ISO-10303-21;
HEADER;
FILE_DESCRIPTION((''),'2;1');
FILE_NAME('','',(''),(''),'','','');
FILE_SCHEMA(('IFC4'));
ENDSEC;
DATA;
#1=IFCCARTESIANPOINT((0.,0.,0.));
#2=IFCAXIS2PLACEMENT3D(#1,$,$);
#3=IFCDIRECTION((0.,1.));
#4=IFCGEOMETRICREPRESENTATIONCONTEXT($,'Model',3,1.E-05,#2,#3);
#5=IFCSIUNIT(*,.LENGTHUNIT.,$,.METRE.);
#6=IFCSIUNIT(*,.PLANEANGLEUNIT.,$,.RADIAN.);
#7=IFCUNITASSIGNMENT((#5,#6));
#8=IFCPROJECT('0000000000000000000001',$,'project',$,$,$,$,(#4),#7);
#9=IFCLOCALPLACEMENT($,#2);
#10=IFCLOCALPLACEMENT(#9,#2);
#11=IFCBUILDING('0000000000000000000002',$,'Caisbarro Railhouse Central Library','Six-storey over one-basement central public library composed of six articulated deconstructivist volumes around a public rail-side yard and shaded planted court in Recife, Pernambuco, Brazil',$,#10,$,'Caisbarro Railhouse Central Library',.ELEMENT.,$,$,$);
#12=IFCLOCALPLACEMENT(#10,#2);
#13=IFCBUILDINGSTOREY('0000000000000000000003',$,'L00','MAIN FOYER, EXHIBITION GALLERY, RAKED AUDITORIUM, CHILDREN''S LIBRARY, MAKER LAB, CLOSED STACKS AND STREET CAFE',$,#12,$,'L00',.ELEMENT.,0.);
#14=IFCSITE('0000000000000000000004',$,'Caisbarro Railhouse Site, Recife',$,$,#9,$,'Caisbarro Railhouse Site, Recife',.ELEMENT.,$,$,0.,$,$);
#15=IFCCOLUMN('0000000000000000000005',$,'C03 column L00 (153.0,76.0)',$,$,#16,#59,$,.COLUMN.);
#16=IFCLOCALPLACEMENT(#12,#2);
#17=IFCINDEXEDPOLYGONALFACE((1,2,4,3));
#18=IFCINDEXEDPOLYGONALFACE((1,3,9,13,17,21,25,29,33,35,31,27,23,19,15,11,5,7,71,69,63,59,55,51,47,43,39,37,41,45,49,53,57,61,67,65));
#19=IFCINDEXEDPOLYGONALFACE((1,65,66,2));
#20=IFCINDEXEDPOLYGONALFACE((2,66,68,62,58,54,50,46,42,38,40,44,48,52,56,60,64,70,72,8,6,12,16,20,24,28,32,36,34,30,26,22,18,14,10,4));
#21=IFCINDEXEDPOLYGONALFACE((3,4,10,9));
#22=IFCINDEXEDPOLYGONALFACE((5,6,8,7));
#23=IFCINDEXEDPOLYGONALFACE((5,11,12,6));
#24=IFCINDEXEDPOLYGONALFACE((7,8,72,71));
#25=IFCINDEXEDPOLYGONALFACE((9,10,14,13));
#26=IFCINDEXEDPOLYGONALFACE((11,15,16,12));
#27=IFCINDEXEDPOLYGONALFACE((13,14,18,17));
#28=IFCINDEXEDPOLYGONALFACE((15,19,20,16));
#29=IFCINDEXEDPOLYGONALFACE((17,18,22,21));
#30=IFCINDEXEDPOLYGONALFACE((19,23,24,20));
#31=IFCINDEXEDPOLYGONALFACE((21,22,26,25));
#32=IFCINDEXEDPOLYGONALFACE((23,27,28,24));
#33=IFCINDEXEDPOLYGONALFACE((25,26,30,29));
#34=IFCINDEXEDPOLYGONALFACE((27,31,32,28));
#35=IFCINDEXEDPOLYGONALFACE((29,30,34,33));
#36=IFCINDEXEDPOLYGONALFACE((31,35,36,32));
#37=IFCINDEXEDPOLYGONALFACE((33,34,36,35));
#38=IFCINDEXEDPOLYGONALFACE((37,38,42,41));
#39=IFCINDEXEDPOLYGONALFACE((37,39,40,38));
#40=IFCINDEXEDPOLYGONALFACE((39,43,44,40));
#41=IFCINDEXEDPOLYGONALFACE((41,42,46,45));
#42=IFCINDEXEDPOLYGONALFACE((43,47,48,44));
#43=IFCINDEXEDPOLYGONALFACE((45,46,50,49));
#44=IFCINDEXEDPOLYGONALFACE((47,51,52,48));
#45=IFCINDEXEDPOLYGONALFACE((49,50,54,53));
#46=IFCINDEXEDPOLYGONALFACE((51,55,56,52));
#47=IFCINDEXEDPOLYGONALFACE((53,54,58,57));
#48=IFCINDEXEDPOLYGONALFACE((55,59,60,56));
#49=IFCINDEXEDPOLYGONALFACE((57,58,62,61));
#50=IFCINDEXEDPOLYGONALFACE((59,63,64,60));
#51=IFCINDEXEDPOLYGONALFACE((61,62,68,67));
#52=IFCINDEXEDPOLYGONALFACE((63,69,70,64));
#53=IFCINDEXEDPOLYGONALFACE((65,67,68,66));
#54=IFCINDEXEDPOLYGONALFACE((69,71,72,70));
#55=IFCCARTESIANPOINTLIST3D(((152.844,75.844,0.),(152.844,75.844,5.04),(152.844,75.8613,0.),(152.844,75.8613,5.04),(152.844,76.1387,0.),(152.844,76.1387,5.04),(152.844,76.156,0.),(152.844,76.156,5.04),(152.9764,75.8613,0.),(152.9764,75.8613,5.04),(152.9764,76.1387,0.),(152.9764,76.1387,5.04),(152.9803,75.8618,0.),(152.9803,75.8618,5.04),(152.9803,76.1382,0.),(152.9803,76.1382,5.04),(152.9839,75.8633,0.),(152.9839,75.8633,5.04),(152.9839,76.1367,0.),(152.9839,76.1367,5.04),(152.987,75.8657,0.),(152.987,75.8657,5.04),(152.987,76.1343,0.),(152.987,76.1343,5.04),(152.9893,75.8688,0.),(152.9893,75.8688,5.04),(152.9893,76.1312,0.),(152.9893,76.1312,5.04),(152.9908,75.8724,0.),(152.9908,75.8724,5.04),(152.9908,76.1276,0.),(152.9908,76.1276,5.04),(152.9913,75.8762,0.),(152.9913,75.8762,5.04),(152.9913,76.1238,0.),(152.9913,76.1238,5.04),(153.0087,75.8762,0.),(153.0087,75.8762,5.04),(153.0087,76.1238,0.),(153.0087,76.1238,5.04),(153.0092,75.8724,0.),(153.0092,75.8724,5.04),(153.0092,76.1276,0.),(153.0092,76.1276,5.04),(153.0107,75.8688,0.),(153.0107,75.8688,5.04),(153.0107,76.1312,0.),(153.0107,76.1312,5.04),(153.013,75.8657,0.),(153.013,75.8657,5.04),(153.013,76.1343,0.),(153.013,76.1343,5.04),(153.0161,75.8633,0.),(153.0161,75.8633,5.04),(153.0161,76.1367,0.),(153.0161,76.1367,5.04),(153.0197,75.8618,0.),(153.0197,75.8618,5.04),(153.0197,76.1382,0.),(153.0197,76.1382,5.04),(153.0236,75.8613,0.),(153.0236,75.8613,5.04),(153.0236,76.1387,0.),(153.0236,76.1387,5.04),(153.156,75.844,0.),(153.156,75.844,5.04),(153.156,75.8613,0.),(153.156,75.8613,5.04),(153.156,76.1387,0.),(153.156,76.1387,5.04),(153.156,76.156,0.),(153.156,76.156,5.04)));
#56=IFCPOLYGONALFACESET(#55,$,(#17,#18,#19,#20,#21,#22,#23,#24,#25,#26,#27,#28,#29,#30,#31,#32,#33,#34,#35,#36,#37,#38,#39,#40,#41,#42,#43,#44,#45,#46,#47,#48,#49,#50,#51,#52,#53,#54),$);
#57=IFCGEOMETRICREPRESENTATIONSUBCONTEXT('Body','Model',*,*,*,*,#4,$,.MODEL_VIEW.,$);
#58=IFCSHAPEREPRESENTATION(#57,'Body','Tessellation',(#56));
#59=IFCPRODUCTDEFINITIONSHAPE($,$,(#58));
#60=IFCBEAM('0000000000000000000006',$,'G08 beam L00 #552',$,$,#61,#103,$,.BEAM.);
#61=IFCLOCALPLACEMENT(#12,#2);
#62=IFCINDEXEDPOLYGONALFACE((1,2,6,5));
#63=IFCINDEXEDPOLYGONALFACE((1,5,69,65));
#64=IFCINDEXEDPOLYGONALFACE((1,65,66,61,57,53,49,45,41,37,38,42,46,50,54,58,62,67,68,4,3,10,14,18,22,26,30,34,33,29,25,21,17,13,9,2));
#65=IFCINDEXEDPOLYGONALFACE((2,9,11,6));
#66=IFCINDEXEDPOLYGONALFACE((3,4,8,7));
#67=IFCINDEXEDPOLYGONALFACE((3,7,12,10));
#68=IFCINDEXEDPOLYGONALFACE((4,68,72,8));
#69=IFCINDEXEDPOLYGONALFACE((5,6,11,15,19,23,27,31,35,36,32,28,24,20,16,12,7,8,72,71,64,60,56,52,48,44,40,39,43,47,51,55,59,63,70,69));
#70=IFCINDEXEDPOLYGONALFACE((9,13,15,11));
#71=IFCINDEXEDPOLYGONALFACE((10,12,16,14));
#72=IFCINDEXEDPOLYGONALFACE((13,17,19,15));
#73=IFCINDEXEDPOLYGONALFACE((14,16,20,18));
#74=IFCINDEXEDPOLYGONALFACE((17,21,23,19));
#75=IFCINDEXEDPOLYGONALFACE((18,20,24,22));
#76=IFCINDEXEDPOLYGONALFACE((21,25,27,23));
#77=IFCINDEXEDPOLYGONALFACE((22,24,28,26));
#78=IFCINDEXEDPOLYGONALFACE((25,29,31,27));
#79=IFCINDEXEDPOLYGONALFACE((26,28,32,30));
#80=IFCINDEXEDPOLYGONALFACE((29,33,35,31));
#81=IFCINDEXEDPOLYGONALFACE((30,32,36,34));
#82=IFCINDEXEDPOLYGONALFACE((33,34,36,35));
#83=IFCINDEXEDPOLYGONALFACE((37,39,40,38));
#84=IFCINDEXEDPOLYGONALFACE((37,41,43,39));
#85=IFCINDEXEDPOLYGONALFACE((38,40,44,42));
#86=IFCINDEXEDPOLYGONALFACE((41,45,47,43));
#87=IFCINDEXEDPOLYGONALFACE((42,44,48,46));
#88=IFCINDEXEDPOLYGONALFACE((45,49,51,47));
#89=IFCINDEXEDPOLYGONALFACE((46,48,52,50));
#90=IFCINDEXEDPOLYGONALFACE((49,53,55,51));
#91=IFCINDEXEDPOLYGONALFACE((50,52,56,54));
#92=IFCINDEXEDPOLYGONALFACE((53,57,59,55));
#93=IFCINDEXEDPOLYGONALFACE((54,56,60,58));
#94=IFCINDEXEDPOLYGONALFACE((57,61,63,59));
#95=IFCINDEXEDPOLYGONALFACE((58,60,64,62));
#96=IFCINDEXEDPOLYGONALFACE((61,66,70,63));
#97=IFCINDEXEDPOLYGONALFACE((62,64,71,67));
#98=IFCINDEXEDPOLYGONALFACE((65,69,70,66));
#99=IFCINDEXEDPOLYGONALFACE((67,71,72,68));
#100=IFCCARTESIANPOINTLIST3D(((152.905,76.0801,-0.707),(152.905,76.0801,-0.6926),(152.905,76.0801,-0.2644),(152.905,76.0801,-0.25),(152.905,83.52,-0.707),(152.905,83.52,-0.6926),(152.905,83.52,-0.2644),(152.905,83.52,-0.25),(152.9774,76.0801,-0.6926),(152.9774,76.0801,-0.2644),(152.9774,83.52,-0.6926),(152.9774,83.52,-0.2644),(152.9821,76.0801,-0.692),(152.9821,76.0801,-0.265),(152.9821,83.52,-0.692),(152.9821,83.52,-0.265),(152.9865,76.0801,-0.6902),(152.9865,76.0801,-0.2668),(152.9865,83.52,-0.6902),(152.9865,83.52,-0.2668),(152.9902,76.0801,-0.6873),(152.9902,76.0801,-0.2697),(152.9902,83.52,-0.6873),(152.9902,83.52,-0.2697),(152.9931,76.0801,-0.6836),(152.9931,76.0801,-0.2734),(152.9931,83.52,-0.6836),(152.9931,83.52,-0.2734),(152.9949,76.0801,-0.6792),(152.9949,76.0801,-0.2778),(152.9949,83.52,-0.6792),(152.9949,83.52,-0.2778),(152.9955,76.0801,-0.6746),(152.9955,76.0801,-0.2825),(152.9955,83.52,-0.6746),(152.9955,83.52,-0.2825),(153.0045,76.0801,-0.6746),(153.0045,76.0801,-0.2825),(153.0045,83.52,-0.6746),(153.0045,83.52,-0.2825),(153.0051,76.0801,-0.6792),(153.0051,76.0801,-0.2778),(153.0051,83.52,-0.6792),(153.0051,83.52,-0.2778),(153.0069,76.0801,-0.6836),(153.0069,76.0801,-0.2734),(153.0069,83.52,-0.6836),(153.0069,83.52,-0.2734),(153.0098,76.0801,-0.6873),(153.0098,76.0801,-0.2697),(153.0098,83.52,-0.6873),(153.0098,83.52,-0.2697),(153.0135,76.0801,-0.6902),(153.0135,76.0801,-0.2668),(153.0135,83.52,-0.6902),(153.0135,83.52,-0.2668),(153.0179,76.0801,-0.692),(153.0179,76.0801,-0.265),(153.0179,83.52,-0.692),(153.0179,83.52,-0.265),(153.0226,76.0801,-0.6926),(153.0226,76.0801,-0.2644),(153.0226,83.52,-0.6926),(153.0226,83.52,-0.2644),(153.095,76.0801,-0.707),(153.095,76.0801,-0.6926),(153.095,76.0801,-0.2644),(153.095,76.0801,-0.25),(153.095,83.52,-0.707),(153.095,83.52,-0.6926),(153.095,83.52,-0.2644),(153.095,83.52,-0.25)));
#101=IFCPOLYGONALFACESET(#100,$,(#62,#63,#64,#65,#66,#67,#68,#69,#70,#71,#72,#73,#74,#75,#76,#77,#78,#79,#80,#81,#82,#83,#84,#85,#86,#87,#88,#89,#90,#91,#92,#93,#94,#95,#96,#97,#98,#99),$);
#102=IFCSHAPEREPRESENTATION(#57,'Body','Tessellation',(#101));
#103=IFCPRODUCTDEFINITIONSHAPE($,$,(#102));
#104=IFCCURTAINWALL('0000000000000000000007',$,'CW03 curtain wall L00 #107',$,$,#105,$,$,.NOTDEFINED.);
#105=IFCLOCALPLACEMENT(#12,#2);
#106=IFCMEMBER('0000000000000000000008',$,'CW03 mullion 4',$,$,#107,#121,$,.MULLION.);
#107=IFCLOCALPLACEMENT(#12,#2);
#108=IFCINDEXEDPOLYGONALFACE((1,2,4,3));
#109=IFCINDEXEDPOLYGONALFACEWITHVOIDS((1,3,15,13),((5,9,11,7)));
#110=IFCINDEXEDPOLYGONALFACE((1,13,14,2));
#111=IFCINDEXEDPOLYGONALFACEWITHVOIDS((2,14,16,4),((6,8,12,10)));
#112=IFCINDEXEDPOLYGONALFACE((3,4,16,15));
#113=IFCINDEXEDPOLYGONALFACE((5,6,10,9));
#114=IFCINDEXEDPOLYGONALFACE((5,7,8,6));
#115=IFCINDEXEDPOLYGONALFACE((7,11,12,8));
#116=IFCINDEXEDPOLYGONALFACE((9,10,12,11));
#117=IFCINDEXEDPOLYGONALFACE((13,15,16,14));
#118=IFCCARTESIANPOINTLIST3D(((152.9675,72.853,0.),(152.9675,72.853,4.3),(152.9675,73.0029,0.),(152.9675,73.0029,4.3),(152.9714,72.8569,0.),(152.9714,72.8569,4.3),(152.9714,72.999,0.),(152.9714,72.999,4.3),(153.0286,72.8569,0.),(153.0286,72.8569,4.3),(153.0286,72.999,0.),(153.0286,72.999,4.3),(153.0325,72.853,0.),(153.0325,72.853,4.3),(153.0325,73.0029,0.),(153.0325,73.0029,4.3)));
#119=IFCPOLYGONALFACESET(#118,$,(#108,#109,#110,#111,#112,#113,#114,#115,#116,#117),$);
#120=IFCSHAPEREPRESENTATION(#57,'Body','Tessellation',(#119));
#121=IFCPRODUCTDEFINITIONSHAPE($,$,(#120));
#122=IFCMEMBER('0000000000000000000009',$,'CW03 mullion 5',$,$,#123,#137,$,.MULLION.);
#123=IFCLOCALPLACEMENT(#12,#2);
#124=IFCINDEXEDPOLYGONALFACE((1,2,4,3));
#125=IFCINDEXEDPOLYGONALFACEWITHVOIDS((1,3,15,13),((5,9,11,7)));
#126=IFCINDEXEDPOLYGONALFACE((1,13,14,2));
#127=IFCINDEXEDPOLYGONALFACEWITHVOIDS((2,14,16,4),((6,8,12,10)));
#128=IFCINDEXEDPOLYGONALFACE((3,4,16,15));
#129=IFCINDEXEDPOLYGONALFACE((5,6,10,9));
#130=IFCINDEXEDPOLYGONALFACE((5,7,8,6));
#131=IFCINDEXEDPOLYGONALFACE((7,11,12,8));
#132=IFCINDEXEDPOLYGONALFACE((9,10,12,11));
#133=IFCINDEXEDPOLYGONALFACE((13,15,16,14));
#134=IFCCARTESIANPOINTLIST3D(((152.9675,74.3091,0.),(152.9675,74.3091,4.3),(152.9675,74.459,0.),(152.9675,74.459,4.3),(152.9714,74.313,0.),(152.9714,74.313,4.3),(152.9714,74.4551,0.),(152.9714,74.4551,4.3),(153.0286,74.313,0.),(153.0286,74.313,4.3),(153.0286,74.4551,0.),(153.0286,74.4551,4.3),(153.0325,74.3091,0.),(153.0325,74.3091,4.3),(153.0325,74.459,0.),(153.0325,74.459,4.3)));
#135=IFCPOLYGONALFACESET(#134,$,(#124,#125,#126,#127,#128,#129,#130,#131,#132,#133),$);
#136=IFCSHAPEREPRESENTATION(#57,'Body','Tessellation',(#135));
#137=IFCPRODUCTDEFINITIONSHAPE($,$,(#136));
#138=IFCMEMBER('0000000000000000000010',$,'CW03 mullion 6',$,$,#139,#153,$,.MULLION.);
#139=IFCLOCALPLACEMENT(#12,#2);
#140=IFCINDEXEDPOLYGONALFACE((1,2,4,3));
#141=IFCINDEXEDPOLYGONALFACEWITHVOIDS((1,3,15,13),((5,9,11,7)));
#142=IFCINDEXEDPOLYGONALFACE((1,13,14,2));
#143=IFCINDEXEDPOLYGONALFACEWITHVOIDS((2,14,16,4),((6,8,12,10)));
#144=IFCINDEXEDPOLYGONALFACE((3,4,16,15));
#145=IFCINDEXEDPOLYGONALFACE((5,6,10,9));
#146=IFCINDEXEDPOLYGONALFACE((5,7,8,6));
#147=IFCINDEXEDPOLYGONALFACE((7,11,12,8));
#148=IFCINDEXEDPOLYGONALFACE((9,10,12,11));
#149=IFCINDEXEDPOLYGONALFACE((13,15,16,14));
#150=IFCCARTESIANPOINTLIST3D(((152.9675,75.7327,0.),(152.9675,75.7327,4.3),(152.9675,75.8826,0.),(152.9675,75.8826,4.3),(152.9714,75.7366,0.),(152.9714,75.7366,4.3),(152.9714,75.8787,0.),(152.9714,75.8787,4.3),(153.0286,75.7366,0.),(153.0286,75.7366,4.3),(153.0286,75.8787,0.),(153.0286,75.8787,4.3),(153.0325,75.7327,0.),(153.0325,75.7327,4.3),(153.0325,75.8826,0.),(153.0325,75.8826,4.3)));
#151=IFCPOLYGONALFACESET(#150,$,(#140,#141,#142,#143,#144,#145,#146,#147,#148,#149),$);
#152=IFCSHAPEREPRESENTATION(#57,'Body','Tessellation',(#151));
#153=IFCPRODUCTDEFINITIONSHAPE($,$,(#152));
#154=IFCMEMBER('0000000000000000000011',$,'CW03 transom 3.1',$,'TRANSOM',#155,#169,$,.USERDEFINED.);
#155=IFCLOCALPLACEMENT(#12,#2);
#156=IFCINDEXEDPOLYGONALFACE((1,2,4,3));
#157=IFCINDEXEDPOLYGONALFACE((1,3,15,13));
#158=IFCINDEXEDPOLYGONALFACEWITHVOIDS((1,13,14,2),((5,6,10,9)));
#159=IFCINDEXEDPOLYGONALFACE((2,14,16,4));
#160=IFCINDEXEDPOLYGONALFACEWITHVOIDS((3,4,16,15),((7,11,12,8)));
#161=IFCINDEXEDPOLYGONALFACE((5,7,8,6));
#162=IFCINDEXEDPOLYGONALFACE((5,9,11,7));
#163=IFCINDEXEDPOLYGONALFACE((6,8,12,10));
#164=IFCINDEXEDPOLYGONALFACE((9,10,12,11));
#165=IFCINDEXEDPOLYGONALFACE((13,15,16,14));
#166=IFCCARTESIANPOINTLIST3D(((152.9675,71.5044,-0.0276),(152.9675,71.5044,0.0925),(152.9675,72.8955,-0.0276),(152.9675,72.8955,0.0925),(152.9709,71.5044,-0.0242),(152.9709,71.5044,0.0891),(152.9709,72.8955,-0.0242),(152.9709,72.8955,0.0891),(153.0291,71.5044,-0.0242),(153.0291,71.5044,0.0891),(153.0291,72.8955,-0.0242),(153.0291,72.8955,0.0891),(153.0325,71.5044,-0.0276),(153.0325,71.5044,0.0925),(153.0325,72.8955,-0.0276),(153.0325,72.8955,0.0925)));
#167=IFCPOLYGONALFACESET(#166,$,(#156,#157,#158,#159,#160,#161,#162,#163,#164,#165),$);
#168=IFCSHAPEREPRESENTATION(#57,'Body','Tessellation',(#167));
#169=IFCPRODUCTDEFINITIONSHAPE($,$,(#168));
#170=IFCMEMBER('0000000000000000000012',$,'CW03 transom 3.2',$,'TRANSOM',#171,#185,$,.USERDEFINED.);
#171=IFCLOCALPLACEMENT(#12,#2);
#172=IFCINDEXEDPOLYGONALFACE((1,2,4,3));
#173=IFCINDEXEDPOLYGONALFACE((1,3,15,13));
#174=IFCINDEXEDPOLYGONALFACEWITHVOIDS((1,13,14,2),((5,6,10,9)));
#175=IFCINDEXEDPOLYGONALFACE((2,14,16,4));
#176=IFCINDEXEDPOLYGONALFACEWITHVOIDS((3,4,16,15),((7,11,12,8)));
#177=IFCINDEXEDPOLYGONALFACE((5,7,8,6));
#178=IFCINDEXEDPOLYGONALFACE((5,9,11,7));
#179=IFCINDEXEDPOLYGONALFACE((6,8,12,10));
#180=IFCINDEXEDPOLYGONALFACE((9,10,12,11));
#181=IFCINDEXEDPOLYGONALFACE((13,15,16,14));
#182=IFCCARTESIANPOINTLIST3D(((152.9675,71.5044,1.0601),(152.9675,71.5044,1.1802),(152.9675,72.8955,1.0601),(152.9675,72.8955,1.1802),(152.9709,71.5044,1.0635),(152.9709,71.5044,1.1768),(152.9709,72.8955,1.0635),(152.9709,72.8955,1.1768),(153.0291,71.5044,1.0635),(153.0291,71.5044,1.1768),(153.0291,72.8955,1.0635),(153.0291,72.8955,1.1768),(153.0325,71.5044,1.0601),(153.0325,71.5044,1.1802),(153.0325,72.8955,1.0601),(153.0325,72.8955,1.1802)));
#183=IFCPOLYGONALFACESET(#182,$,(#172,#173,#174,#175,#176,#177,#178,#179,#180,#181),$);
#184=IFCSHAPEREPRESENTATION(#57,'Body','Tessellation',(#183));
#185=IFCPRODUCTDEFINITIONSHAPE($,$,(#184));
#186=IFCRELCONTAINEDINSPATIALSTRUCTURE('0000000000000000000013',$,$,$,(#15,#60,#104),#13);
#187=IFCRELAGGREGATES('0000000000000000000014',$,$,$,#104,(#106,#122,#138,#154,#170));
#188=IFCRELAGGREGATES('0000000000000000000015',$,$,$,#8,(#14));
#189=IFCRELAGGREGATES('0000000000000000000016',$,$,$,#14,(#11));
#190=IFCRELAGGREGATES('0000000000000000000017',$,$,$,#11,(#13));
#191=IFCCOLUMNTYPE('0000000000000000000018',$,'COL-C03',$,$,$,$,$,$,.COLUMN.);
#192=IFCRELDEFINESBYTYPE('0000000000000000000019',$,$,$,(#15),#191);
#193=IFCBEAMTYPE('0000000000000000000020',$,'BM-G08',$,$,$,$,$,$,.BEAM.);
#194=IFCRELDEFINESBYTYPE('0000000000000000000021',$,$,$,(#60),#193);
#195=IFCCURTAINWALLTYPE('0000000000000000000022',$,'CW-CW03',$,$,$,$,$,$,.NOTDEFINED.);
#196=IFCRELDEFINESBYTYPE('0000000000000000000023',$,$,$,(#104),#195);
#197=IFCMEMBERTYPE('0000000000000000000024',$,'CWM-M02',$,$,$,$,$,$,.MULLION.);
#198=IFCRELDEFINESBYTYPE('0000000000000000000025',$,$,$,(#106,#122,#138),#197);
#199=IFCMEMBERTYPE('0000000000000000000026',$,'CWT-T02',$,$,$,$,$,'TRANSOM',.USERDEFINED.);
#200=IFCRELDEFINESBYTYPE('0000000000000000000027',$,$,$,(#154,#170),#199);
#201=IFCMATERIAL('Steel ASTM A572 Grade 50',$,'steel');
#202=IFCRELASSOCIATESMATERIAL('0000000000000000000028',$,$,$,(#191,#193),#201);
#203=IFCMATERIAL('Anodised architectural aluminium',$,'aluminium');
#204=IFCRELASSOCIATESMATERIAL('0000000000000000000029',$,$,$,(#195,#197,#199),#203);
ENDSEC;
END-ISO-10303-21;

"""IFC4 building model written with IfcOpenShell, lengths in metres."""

from ifc_helpers import new_model, si_unit, direction, frame, origin, origin_2d, place, context, subcontext, project, spatial, hollow_rectangle, i_section, extrude, material, material_profile, profile_set, type_object, element, aggregate, save


model = new_model("IFC4")

# Units and contexts
model_context = context("Model", 3, precision=1e-05, world=origin(), true_north=direction((0.0, 1.0)))
body_context = subcontext(model_context, "Body", "Model", "MODEL_VIEW")
ifc_project = project(units=[si_unit("LENGTHUNIT", "METRE"), si_unit("PLANEANGLEUNIT", "RADIAN")], contexts=[model_context])

# Site, building, storey
site_placement = place(None, origin())
site = spatial("IfcSite", under=ifc_project, at=site_placement, Name="Caisbarro Railhouse Site, Recife", LongName="Caisbarro Railhouse Site, Recife", CompositionType="ELEMENT", RefElevation=0.0)
building_placement = place(site_placement, origin())
building = spatial("IfcBuilding", under=site, at=building_placement, Name="Caisbarro Railhouse Central Library", Description="Six-storey over one-basement central public library composed of six articulated deconstructivist volumes around a public rail-side yard and shaded planted court in Recife, Pernambuco, Brazil", LongName="Caisbarro Railhouse Central Library", CompositionType="ELEMENT")
storey_placement = place(building_placement, origin())
storey = spatial("IfcBuildingStorey", under=building, at=storey_placement, Name="L00", Description="MAIN FOYER, EXHIBITION GALLERY, RAKED AUDITORIUM, CHILDREN'S LIBRARY, MAKER LAB, CLOSED STACKS AND STREET CAFE", LongName="L00", CompositionType="ELEMENT", Elevation=0.0)

# Column
ifc_material_1 = material(Name="Steel ASTM A572 Grade 50", Category="steel")
ifc_material_profile_1 = material_profile(ifc_material_1, i_section(OverallWidth=0.312, OverallDepth=0.312, WebThickness=0.0173, FlangeThickness=0.0173, FilletRadius=0.0149, at=origin_2d()), Name="HP310X125.0")
ifc_profile_set_1 = profile_set([ifc_material_profile_1], Name="Steel ASTM A572 Grade 50")
column_type = type_object("IfcColumnType", Name="COL-C03", PredefinedType="COLUMN", material=ifc_profile_set_1)
column_placement = place(storey_placement, frame((153.0, 76.0, 0.0), z_axis=(0.0, 0.0, 1.0), x_axis=(1.0, 0.0, 0.0)))
element("IfcColumn", 1, at=column_placement, inside=storey, type_object=column_type, Name="C03 column L00 (153.0,76.0)", PredefinedType="COLUMN", context=body_context, shape_type="SweptSolid", body=[
    extrude(i_section(OverallWidth=0.312, OverallDepth=0.312, WebThickness=0.0173, FlangeThickness=0.0173, FilletRadius=0.0149, at=origin_2d()), origin(), (0.0, 0.0, 1.0), 5.04),
])

# Beam
ifc_material_profile_2 = material_profile(ifc_material_1, i_section(OverallWidth=0.1899, OverallDepth=0.457, WebThickness=0.009, FlangeThickness=0.0144, FilletRadius=0.0181, at=origin_2d()), Name="W460X74.0")
ifc_profile_set_2 = profile_set([ifc_material_profile_2], Name="Steel ASTM A572 Grade 50")
beam_type = type_object("IfcBeamType", Name="BM-G08", PredefinedType="BEAM", material=ifc_profile_set_2)
beam_placement = place(storey_placement, frame((153.0, 76.0801, -0.4785), z_axis=(0.0, 1.0, 0.0), x_axis=(-1.0, 0.0, 0.0)))
element("IfcBeam", 2, at=beam_placement, inside=storey, type_object=beam_type, Name="G08 beam L00 #552", PredefinedType="BEAM", context=body_context, shape_type="SweptSolid", body=[
    extrude(i_section(OverallWidth=0.1899, OverallDepth=0.457, WebThickness=0.009, FlangeThickness=0.0144, FilletRadius=0.0181, at=origin_2d()), origin(), (0.0, 0.0, 1.0), 7.4399),
])

# Curtain wall, members
ifc_material_2 = material(Name="Anodised architectural aluminium", Category="aluminium")
curtain_wall_type = type_object("IfcCurtainWallType", Name="CW-CW03", PredefinedType="NOTDEFINED", material=ifc_material_2)
curtain_wall_placement = place(storey_placement, origin())
curtain_wall = element("IfcCurtainWall", 3, at=curtain_wall_placement, inside=storey, type_object=curtain_wall_type, Name="CW03 curtain wall L00 #107", PredefinedType="NOTDEFINED")
ifc_material_profile_3 = material_profile(ifc_material_2, hollow_rectangle(XDim=0.0649, YDim=0.1499, WallThickness=0.0039, at=origin_2d()), Name="ALU-MUL-65X150")
ifc_profile_set_3 = profile_set([ifc_material_profile_3], Name="Anodised architectural aluminium")
member_type_1 = type_object("IfcMemberType", Name="CWM-M02", PredefinedType="MULLION", material=ifc_profile_set_3)
member_1_placement = place(storey_placement, frame((153.0, 72.928, 0.0), z_axis=(0.0, 0.0, 1.0), x_axis=(-1.0, 0.0, 0.0)))
member_1 = element("IfcMember", 4, at=member_1_placement, type_object=member_type_1, Name="CW03 mullion 4", PredefinedType="MULLION", context=body_context, shape_type="SweptSolid", body=[
    extrude(hollow_rectangle(XDim=0.0649, YDim=0.1499, WallThickness=0.0039, at=origin_2d()), origin(), (0.0, 0.0, 1.0), 4.3),
])
member_2_placement = place(storey_placement, frame((153.0, 74.384, 0.0), z_axis=(0.0, 0.0, 1.0), x_axis=(-1.0, 0.0, 0.0)))
member_2 = element("IfcMember", 5, at=member_2_placement, type_object=member_type_1, Name="CW03 mullion 5", PredefinedType="MULLION", context=body_context, shape_type="SweptSolid", body=[
    extrude(hollow_rectangle(XDim=0.0649, YDim=0.1499, WallThickness=0.0039, at=origin_2d()), origin(), (0.0, 0.0, 1.0), 4.3),
])
member_3_placement = place(storey_placement, frame((153.0, 75.8076, 0.0), z_axis=(0.0, 0.0, 1.0), x_axis=(-1.0, 0.0, 0.0)))
member_3 = element("IfcMember", 6, at=member_3_placement, type_object=member_type_1, Name="CW03 mullion 6", PredefinedType="MULLION", context=body_context, shape_type="SweptSolid", body=[
    extrude(hollow_rectangle(XDim=0.0649, YDim=0.1499, WallThickness=0.0039, at=origin_2d()), origin(), (0.0, 0.0, 1.0), 4.3),
])
ifc_material_profile_4 = material_profile(ifc_material_2, hollow_rectangle(XDim=0.0649, YDim=0.1201, WallThickness=0.0034, at=origin_2d()), Name="ALU-TRN-65X120")
ifc_profile_set_4 = profile_set([ifc_material_profile_4], Name="Anodised architectural aluminium")
member_type_2 = type_object("IfcMemberType", Name="CWT-T02", ElementType="TRANSOM", PredefinedType="USERDEFINED", material=ifc_profile_set_4)
member_4_placement = place(storey_placement, frame((153.0, 71.5044, 0.0325), z_axis=(0.0, 1.0, 0.0), x_axis=(-1.0, 0.0, 0.0)))
member_4 = element("IfcMember", 7, at=member_4_placement, type_object=member_type_2, Name="CW03 transom 3.1", ObjectType="TRANSOM", PredefinedType="USERDEFINED", context=body_context, shape_type="SweptSolid", body=[
    extrude(hollow_rectangle(XDim=0.0649, YDim=0.1201, WallThickness=0.0034, at=origin_2d()), origin(), (0.0, 0.0, 1.0), 1.3911),
])
member_5_placement = place(storey_placement, frame((153.0, 71.5044, 1.1201), z_axis=(0.0, 1.0, 0.0), x_axis=(-1.0, 0.0, 0.0)))
member_5 = element("IfcMember", 8, at=member_5_placement, type_object=member_type_2, Name="CW03 transom 3.2", ObjectType="TRANSOM", PredefinedType="USERDEFINED", context=body_context, shape_type="SweptSolid", body=[
    extrude(hollow_rectangle(XDim=0.0649, YDim=0.1201, WallThickness=0.0034, at=origin_2d()), origin(), (0.0, 0.0, 1.0), 1.3911),
])

aggregate(curtain_wall, [member_1, member_2, member_3, member_4, member_5])

save(model, "model.ifc")
